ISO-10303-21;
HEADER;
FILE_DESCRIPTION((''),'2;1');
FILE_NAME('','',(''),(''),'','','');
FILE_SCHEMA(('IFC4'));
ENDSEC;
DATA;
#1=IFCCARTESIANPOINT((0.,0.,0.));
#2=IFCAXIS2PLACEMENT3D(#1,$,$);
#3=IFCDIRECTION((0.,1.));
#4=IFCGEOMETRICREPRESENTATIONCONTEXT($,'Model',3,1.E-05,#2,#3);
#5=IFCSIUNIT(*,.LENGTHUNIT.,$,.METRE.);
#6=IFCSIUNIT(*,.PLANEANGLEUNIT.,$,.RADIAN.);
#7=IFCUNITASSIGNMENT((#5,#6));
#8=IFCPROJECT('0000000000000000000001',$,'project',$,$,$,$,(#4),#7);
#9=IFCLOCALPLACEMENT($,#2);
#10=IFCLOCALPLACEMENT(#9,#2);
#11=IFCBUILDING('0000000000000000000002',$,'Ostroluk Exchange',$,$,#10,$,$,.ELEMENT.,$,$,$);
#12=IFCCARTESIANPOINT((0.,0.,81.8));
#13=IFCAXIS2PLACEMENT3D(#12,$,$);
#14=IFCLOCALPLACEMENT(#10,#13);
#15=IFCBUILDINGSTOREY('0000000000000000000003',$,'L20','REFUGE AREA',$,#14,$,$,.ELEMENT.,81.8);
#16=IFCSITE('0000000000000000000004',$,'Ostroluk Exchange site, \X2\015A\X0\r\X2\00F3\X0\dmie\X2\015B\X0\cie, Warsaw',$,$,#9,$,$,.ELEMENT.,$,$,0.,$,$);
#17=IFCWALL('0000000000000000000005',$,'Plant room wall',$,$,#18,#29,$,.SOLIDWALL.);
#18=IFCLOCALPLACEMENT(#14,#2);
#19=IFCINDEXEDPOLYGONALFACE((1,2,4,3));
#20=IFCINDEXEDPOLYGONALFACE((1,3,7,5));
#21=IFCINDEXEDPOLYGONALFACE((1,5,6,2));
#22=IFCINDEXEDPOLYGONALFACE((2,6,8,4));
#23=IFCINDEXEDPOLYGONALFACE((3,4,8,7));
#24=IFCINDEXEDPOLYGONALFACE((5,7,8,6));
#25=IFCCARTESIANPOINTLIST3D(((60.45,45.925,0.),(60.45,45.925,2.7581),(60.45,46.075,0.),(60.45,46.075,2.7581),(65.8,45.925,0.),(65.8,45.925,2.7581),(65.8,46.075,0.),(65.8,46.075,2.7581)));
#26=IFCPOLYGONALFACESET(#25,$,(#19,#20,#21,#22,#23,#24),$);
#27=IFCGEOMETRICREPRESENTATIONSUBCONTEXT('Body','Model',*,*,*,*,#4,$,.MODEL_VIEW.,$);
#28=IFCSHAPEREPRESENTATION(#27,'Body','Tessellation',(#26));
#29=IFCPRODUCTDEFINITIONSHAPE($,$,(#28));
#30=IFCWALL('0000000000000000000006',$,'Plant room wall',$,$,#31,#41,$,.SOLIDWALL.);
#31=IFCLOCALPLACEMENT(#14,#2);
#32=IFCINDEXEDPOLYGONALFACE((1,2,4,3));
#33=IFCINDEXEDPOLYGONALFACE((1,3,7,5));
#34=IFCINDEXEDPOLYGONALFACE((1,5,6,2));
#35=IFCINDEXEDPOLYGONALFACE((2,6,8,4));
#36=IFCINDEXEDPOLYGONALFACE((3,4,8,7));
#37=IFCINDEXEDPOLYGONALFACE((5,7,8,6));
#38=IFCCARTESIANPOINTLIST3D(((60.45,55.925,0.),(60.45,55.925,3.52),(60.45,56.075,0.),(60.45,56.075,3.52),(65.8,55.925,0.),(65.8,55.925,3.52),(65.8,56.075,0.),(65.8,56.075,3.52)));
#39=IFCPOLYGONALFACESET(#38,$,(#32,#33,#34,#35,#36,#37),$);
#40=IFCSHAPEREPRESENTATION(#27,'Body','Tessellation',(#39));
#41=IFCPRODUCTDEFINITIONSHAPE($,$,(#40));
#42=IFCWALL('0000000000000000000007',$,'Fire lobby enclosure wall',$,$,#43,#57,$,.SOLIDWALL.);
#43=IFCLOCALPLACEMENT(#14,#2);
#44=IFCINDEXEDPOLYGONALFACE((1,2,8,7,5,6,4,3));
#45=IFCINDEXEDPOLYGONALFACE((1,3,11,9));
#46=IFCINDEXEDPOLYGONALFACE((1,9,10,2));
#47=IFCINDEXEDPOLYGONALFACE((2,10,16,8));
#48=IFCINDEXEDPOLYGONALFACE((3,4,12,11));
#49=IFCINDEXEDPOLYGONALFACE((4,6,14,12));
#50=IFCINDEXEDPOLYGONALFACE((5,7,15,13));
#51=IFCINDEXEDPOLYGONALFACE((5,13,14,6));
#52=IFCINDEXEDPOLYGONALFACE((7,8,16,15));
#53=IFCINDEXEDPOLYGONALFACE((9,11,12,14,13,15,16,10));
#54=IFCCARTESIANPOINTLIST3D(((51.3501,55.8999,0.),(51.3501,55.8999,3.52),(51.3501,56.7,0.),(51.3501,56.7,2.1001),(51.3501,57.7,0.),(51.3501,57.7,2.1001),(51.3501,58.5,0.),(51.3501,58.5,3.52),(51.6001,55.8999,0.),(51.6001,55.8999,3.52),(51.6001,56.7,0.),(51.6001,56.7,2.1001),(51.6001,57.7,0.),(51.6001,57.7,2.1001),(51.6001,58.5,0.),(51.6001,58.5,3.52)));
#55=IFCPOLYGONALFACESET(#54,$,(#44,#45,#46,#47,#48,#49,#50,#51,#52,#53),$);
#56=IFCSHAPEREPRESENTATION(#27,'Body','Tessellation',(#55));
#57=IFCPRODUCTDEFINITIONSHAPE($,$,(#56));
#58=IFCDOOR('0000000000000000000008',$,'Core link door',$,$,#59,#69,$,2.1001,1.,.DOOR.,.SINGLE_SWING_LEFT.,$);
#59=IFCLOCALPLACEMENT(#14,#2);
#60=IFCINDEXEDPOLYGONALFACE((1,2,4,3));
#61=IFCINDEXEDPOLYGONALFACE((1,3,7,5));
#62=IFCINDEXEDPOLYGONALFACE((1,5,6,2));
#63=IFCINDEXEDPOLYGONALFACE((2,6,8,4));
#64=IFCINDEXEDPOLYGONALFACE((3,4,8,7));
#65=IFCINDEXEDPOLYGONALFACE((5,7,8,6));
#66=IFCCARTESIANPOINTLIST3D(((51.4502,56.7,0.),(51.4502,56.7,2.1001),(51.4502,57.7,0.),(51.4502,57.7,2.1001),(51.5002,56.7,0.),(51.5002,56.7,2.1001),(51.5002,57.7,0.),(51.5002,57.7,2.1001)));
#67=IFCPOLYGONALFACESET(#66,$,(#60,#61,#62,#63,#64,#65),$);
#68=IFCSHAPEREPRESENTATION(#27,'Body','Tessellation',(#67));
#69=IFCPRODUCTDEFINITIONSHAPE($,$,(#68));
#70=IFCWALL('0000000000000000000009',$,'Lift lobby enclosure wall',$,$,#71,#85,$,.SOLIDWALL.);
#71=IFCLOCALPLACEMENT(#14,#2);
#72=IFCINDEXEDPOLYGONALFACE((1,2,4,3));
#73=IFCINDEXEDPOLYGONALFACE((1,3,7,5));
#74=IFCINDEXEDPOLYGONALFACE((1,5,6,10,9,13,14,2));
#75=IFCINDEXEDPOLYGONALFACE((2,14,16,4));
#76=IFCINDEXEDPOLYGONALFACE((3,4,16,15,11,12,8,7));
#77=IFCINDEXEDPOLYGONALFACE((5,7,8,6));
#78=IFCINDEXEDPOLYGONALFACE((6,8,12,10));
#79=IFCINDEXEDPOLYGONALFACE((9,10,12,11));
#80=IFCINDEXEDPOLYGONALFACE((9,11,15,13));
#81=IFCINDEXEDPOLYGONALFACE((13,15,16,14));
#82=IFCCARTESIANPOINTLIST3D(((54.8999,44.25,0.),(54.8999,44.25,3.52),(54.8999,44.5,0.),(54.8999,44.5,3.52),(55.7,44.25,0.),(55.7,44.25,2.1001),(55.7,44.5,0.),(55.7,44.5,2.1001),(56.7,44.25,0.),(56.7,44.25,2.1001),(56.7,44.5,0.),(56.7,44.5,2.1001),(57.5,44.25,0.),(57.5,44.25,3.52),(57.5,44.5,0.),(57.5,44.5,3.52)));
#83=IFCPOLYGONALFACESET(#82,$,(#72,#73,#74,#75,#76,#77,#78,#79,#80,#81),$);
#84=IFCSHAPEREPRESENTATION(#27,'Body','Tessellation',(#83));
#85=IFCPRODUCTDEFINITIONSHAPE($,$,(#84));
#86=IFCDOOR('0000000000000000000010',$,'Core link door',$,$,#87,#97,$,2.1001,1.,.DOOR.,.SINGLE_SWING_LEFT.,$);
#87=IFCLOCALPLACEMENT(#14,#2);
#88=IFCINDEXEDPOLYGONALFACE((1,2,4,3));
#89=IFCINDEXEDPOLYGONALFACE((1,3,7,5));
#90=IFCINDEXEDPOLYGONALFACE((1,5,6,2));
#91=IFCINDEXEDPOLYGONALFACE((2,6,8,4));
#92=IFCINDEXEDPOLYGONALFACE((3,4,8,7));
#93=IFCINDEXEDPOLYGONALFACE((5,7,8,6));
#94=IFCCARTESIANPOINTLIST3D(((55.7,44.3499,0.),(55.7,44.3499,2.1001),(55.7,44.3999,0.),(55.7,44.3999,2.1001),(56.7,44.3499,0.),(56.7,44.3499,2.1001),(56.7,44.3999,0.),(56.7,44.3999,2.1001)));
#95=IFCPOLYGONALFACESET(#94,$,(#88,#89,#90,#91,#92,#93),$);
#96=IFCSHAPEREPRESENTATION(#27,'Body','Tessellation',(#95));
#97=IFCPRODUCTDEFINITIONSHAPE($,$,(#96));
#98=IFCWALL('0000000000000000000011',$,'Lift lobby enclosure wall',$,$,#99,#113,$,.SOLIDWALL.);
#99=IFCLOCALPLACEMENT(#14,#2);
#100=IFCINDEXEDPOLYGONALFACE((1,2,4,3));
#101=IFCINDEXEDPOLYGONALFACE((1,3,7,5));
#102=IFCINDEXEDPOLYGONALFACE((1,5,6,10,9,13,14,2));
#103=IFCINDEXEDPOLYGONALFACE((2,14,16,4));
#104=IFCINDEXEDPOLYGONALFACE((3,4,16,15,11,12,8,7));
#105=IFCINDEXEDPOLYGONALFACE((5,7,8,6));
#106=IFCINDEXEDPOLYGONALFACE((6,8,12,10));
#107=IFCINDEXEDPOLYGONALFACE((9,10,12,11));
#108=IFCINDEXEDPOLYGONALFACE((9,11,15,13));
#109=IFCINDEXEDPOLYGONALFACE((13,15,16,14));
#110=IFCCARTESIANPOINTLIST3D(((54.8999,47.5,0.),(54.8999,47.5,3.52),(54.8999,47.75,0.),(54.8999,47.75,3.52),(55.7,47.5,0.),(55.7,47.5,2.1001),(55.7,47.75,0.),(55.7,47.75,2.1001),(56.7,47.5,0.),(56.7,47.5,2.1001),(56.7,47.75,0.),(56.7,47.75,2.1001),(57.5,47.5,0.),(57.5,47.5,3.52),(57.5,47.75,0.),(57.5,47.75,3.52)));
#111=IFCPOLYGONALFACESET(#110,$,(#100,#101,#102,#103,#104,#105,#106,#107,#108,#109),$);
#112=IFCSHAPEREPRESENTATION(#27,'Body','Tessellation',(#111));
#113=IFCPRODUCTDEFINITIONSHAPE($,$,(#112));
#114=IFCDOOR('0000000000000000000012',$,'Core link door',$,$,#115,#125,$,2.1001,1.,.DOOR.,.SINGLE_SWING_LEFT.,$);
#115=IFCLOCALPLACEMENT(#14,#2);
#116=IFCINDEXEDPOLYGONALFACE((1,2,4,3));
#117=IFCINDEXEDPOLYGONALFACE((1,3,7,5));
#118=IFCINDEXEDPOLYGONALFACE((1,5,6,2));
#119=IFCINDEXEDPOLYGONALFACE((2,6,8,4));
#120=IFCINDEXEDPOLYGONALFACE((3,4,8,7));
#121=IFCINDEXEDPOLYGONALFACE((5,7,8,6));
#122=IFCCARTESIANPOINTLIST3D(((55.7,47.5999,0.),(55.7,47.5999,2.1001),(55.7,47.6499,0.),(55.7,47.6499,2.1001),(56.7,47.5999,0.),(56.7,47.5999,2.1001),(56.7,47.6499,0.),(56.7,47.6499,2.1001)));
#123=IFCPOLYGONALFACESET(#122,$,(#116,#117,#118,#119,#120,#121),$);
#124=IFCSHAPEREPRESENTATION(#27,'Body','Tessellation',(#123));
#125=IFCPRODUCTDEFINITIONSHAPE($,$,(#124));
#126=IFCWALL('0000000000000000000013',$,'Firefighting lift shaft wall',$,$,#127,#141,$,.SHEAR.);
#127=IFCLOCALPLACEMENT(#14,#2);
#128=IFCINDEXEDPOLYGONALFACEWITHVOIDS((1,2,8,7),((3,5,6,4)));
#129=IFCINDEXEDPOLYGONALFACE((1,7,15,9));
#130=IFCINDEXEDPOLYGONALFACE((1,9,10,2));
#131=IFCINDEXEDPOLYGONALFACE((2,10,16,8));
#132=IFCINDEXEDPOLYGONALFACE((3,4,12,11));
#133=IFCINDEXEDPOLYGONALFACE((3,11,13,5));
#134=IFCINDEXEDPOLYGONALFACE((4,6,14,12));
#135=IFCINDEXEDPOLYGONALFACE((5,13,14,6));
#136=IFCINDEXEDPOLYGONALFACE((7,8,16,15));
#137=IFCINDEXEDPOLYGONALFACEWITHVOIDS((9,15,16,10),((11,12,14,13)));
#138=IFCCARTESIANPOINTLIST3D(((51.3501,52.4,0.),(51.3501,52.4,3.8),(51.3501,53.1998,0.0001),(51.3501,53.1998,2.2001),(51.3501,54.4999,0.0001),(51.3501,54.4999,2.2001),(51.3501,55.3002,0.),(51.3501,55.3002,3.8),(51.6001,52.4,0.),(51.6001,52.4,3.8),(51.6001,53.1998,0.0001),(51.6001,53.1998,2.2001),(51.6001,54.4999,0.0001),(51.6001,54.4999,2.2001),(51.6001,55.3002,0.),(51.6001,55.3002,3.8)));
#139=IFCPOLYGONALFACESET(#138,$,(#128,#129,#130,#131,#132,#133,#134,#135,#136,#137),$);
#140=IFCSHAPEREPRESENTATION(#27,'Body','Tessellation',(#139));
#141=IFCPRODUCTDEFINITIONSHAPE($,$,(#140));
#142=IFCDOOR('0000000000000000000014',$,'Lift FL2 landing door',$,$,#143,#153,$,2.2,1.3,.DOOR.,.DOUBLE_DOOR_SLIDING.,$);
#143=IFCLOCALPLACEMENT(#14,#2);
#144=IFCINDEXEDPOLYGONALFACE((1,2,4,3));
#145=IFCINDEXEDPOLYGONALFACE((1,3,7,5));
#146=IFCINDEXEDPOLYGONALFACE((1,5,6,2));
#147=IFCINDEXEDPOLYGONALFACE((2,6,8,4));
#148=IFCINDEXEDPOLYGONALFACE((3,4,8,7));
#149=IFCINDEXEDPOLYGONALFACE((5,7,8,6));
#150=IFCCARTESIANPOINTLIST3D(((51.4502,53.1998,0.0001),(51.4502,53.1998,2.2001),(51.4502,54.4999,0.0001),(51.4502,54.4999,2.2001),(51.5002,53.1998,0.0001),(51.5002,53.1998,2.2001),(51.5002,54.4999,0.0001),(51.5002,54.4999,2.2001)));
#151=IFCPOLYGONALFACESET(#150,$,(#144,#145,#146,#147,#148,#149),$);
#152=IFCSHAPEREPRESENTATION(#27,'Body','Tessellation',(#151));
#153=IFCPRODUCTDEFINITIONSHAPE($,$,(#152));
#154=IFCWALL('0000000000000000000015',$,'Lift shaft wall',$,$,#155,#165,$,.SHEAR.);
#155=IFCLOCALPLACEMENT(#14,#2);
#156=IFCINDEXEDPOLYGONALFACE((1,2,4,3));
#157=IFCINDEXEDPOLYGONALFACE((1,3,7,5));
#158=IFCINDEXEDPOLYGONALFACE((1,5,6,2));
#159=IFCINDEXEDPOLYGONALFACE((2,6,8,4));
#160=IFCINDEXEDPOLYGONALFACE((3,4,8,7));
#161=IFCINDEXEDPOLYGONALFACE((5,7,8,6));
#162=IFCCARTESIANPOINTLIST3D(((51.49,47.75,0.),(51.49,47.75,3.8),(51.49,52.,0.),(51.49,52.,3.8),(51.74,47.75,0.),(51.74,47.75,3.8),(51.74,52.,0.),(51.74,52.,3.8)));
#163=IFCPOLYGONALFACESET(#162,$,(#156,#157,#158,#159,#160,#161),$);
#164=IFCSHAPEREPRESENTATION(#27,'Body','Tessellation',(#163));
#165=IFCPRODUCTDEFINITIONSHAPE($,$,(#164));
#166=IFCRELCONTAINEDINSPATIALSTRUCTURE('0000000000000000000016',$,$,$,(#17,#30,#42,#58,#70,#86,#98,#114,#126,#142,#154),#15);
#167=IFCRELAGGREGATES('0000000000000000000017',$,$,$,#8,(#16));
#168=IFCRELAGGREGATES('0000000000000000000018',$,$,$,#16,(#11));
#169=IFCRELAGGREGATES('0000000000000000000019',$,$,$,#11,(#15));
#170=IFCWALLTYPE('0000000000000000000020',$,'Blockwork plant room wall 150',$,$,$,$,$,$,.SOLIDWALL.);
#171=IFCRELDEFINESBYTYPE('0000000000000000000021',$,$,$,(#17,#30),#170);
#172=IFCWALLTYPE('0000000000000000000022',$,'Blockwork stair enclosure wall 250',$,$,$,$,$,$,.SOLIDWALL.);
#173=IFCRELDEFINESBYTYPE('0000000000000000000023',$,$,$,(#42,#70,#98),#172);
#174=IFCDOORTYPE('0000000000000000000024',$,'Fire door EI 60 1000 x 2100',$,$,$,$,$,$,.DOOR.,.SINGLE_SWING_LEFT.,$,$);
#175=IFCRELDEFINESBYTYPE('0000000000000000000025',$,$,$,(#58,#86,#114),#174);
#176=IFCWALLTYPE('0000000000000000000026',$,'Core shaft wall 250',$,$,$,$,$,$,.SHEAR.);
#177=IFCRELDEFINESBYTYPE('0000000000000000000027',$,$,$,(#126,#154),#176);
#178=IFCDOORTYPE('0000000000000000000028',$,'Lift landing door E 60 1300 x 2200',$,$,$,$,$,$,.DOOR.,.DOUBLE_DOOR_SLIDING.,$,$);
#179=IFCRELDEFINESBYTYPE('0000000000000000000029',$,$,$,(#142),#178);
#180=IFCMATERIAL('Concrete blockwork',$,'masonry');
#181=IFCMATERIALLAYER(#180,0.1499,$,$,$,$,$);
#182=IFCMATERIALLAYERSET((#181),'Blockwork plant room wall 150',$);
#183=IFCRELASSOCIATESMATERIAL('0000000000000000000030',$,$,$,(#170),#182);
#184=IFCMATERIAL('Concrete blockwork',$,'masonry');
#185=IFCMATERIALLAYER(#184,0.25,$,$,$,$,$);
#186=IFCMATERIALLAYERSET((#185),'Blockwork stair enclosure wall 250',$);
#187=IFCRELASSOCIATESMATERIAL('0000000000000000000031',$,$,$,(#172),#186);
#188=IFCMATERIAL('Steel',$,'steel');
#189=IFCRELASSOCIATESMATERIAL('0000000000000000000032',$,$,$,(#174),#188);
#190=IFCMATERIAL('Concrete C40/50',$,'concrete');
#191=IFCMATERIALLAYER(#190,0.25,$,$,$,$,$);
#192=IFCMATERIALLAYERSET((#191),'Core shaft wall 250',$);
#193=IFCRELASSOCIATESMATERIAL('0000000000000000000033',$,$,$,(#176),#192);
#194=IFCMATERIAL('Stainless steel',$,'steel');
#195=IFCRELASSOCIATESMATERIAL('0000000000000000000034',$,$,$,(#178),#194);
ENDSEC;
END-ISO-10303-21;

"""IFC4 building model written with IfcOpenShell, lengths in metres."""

from ifc_helpers import new_model, si_unit, direction, frame, frame_2d, origin, place, context, subcontext, project, spatial, rectangle, extrude, material, layer, layer_set, type_object, element, fill, save


model = new_model("IFC4")

# Units and contexts
model_context = context("Model", 3, precision=1e-05, world=origin(), true_north=direction((0.0, 1.0)))
body_context = subcontext(model_context, "Body", "Model", "MODEL_VIEW")
ifc_project = project(units=[si_unit("LENGTHUNIT", "METRE"), si_unit("PLANEANGLEUNIT", "RADIAN")], contexts=[model_context])

# Site, building, storey
site_placement = place(None, origin())
site = spatial("IfcSite", under=ifc_project, at=site_placement, Name="Ostroluk Exchange site, Śródmieście, Warsaw", CompositionType="ELEMENT", RefElevation=0.0)
building_placement = place(site_placement, origin())
building = spatial("IfcBuilding", under=site, at=building_placement, Name="Ostroluk Exchange", CompositionType="ELEMENT")
storey_placement = place(building_placement, frame((0.0, 0.0, 81.8)))
storey = spatial("IfcBuildingStorey", under=building, at=storey_placement, Name="L20", Description="REFUGE AREA", CompositionType="ELEMENT", Elevation=81.8)

# Walls
ifc_material_1 = material(Name="Concrete blockwork", Category="masonry")
ifc_layer_1 = layer(ifc_material_1, 0.1499)
ifc_layer_set_1 = layer_set([ifc_layer_1], Name="Blockwork plant room wall 150")
wall_type_1 = type_object("IfcWallType", Name="Blockwork plant room wall 150", PredefinedType="SOLIDWALL", material=ifc_layer_set_1)
wall_1_placement = place(storey_placement, frame((60.45, 46.0, 0.0), z_axis=(0.0, 0.0, 1.0), x_axis=(1.0, 0.0, 0.0)))
element("IfcWall", 1, at=wall_1_placement, inside=storey, type_object=wall_type_1, Name="Plant room wall", PredefinedType="SOLIDWALL", context=body_context, shape_type="SweptSolid", body=[
    extrude(rectangle(XDim=5.3501, YDim=0.1499, at=frame_2d((2.675, 0.0))), origin(), (0.0, 0.0, 1.0), 2.7581),
])
wall_2_placement = place(storey_placement, frame((60.45, 56.0, 0.0), z_axis=(0.0, 0.0, 1.0), x_axis=(1.0, 0.0, 0.0)))
element("IfcWall", 2, at=wall_2_placement, inside=storey, type_object=wall_type_1, Name="Plant room wall", PredefinedType="SOLIDWALL", context=body_context, shape_type="SweptSolid", body=[
    extrude(rectangle(XDim=5.3501, YDim=0.1499, at=frame_2d((2.675, 0.0))), origin(), (0.0, 0.0, 1.0), 3.52),
])

# Walls, openings, doors
ifc_material_2 = material(Name="Concrete blockwork", Category="masonry")
ifc_layer_2 = layer(ifc_material_2, 0.25)
ifc_layer_set_2 = layer_set([ifc_layer_2], Name="Blockwork stair enclosure wall 250")
wall_type_2 = type_object("IfcWallType", Name="Blockwork stair enclosure wall 250", PredefinedType="SOLIDWALL", material=ifc_layer_set_2)
wall_3_placement = place(storey_placement, frame((51.4751, 55.8999, 0.0), z_axis=(0.0, 0.0, 1.0), x_axis=(0.0, 1.0, 0.0)))
wall_3 = element("IfcWall", 3, at=wall_3_placement, inside=storey, type_object=wall_type_2, Name="Fire lobby enclosure wall", PredefinedType="SOLIDWALL", context=body_context, shape_type="SweptSolid", body=[
    extrude(rectangle(XDim=2.6001, YDim=0.25, at=frame_2d((1.3, 0.0))), origin(), (0.0, 0.0, 1.0), 3.52),
])
opening_1_placement = place(wall_3_placement, frame((0.8, 0.0, 0.0)))
opening_1 = element("IfcOpeningElement", 4, at=opening_1_placement, cuts=wall_3, PredefinedType="OPENING", context=body_context, shape_type="SweptSolid", body=[
    extrude(rectangle(XDim=1.0, YDim=2.1001, at=frame_2d((0.5, 1.05))), frame((0.0, 0.135, 0.0), z_axis=(0.0, -1.0, 0.0), x_axis=(1.0, 0.0, 0.0)), (0.0, 0.0, 1.0), 0.27),
])
ifc_material_3 = material(Name="Steel", Category="steel")
door_type_1 = type_object("IfcDoorType", Name="Fire door EI 60 1000 x 2100", OperationType="SINGLE_SWING_LEFT", PredefinedType="DOOR", material=ifc_material_3)
door_1_placement = place(opening_1_placement, origin())
door_1 = element("IfcDoor", 5, at=door_1_placement, inside=storey, type_object=door_type_1, Name="Core link door", OperationType="SINGLE_SWING_LEFT", OverallHeight=2.1001, OverallWidth=1.0, PredefinedType="DOOR", context=body_context, shape_type="SweptSolid", body=[
    extrude(rectangle(XDim=1.0, YDim=2.1001, at=frame_2d((0.5, 1.05))), frame((0.0, 0.0249, 0.0), z_axis=(0.0, -1.0, 0.0), x_axis=(1.0, 0.0, 0.0)), (0.0, 0.0, 1.0), 0.05),
])
fill(opening_1, door_1)
wall_4_placement = place(storey_placement, frame((54.8999, 44.375, 0.0), z_axis=(0.0, 0.0, 1.0), x_axis=(1.0, 0.0, 0.0)))
wall_4 = element("IfcWall", 6, at=wall_4_placement, inside=storey, type_object=wall_type_2, Name="Lift lobby enclosure wall", PredefinedType="SOLIDWALL", context=body_context, shape_type="SweptSolid", body=[
    extrude(rectangle(XDim=2.6001, YDim=0.25, at=frame_2d((1.3, 0.0))), origin(), (0.0, 0.0, 1.0), 3.52),
])
opening_2_placement = place(wall_4_placement, frame((0.8, 0.0, 0.0)))
opening_2 = element("IfcOpeningElement", 7, at=opening_2_placement, cuts=wall_4, PredefinedType="OPENING", context=body_context, shape_type="SweptSolid", body=[
    extrude(rectangle(XDim=1.0, YDim=2.1001, at=frame_2d((0.5, 1.05))), frame((0.0, 0.135, 0.0), z_axis=(0.0, -1.0, 0.0), x_axis=(1.0, 0.0, 0.0)), (0.0, 0.0, 1.0), 0.27),
])
door_2_placement = place(opening_2_placement, origin())
door_2 = element("IfcDoor", 8, at=door_2_placement, inside=storey, type_object=door_type_1, Name="Core link door", OperationType="SINGLE_SWING_LEFT", OverallHeight=2.1001, OverallWidth=1.0, PredefinedType="DOOR", context=body_context, shape_type="SweptSolid", body=[
    extrude(rectangle(XDim=1.0, YDim=2.1001, at=frame_2d((0.5, 1.05))), frame((0.0, 0.0249, 0.0), z_axis=(0.0, -1.0, 0.0), x_axis=(1.0, 0.0, 0.0)), (0.0, 0.0, 1.0), 0.05),
])
fill(opening_2, door_2)
wall_5_placement = place(storey_placement, frame((54.8999, 47.625, 0.0), z_axis=(0.0, 0.0, 1.0), x_axis=(1.0, 0.0, 0.0)))
wall_5 = element("IfcWall", 9, at=wall_5_placement, inside=storey, type_object=wall_type_2, Name="Lift lobby enclosure wall", PredefinedType="SOLIDWALL", context=body_context, shape_type="SweptSolid", body=[
    extrude(rectangle(XDim=2.6001, YDim=0.25, at=frame_2d((1.3, 0.0))), origin(), (0.0, 0.0, 1.0), 3.52),
])
opening_3_placement = place(wall_5_placement, frame((0.8, 0.0, 0.0)))
opening_3 = element("IfcOpeningElement", 10, at=opening_3_placement, cuts=wall_5, PredefinedType="OPENING", context=body_context, shape_type="SweptSolid", body=[
    extrude(rectangle(XDim=1.0, YDim=2.1001, at=frame_2d((0.5, 1.05))), frame((0.0, 0.135, 0.0), z_axis=(0.0, -1.0, 0.0), x_axis=(1.0, 0.0, 0.0)), (0.0, 0.0, 1.0), 0.27),
])
door_3_placement = place(opening_3_placement, origin())
door_3 = element("IfcDoor", 11, at=door_3_placement, inside=storey, type_object=door_type_1, Name="Core link door", OperationType="SINGLE_SWING_LEFT", OverallHeight=2.1001, OverallWidth=1.0, PredefinedType="DOOR", context=body_context, shape_type="SweptSolid", body=[
    extrude(rectangle(XDim=1.0, YDim=2.1001, at=frame_2d((0.5, 1.05))), frame((0.0, 0.0249, 0.0), z_axis=(0.0, -1.0, 0.0), x_axis=(1.0, 0.0, 0.0)), (0.0, 0.0, 1.0), 0.05),
])
fill(opening_3, door_3)
ifc_material_4 = material(Name="Concrete C40/50", Category="concrete")
ifc_layer_3 = layer(ifc_material_4, 0.25)
ifc_layer_set_3 = layer_set([ifc_layer_3], Name="Core shaft wall 250")
wall_type_3 = type_object("IfcWallType", Name="Core shaft wall 250", PredefinedType="SHEAR", material=ifc_layer_set_3)
wall_6_placement = place(storey_placement, frame((51.4751, 52.3999, 0.0), z_axis=(0.0, 0.0, 1.0), x_axis=(0.0, 1.0, 0.0)))
wall_6 = element("IfcWall", 12, at=wall_6_placement, inside=storey, type_object=wall_type_3, Name="Firefighting lift shaft wall", PredefinedType="SHEAR", context=body_context, shape_type="SweptSolid", body=[
    extrude(rectangle(XDim=2.9001, YDim=0.25, at=frame_2d((1.4502, 0.0))), origin(), (0.0, 0.0, 1.0), 3.8),
])
opening_4_placement = place(wall_6_placement, frame((0.8, 0.0, 0.0)))
opening_4 = element("IfcOpeningElement", 13, at=opening_4_placement, cuts=wall_6, PredefinedType="OPENING", context=body_context, shape_type="SweptSolid", body=[
    extrude(rectangle(XDim=1.3, YDim=2.2, at=frame_2d((0.6499, 1.1001))), frame((0.0, 0.135, 0.0), z_axis=(0.0, -1.0, 0.0), x_axis=(1.0, 0.0, 0.0)), (0.0, 0.0, 1.0), 0.27),
])
ifc_material_5 = material(Name="Stainless steel", Category="steel")
door_type_2 = type_object("IfcDoorType", Name="Lift landing door E 60 1300 x 2200", OperationType="DOUBLE_DOOR_SLIDING", PredefinedType="DOOR", material=ifc_material_5)
door_4_placement = place(opening_4_placement, origin())
door_4 = element("IfcDoor", 14, at=door_4_placement, inside=storey, type_object=door_type_2, Name="Lift FL2 landing door", OperationType="DOUBLE_DOOR_SLIDING", OverallHeight=2.2, OverallWidth=1.3, PredefinedType="DOOR", context=body_context, shape_type="SweptSolid", body=[
    extrude(rectangle(XDim=1.3, YDim=2.2, at=frame_2d((0.6499, 1.1001))), frame((0.0, 0.0249, 0.0), z_axis=(0.0, -1.0, 0.0), x_axis=(1.0, 0.0, 0.0)), (0.0, 0.0, 1.0), 0.05),
])
fill(opening_4, door_4)

# Wall
wall_7_placement = place(storey_placement, frame((51.615, 47.75, 0.0), z_axis=(0.0, 0.0, 1.0), x_axis=(0.0, 1.0, 0.0)))
element("IfcWall", 15, at=wall_7_placement, inside=storey, type_object=wall_type_3, Name="Lift shaft wall", PredefinedType="SHEAR", context=body_context, shape_type="SweptSolid", body=[
    extrude(rectangle(XDim=4.25, YDim=0.25, at=frame_2d((2.125, 0.0))), origin(), (0.0, 0.0, 1.0), 3.8),
])

save(model, "model.ifc")
